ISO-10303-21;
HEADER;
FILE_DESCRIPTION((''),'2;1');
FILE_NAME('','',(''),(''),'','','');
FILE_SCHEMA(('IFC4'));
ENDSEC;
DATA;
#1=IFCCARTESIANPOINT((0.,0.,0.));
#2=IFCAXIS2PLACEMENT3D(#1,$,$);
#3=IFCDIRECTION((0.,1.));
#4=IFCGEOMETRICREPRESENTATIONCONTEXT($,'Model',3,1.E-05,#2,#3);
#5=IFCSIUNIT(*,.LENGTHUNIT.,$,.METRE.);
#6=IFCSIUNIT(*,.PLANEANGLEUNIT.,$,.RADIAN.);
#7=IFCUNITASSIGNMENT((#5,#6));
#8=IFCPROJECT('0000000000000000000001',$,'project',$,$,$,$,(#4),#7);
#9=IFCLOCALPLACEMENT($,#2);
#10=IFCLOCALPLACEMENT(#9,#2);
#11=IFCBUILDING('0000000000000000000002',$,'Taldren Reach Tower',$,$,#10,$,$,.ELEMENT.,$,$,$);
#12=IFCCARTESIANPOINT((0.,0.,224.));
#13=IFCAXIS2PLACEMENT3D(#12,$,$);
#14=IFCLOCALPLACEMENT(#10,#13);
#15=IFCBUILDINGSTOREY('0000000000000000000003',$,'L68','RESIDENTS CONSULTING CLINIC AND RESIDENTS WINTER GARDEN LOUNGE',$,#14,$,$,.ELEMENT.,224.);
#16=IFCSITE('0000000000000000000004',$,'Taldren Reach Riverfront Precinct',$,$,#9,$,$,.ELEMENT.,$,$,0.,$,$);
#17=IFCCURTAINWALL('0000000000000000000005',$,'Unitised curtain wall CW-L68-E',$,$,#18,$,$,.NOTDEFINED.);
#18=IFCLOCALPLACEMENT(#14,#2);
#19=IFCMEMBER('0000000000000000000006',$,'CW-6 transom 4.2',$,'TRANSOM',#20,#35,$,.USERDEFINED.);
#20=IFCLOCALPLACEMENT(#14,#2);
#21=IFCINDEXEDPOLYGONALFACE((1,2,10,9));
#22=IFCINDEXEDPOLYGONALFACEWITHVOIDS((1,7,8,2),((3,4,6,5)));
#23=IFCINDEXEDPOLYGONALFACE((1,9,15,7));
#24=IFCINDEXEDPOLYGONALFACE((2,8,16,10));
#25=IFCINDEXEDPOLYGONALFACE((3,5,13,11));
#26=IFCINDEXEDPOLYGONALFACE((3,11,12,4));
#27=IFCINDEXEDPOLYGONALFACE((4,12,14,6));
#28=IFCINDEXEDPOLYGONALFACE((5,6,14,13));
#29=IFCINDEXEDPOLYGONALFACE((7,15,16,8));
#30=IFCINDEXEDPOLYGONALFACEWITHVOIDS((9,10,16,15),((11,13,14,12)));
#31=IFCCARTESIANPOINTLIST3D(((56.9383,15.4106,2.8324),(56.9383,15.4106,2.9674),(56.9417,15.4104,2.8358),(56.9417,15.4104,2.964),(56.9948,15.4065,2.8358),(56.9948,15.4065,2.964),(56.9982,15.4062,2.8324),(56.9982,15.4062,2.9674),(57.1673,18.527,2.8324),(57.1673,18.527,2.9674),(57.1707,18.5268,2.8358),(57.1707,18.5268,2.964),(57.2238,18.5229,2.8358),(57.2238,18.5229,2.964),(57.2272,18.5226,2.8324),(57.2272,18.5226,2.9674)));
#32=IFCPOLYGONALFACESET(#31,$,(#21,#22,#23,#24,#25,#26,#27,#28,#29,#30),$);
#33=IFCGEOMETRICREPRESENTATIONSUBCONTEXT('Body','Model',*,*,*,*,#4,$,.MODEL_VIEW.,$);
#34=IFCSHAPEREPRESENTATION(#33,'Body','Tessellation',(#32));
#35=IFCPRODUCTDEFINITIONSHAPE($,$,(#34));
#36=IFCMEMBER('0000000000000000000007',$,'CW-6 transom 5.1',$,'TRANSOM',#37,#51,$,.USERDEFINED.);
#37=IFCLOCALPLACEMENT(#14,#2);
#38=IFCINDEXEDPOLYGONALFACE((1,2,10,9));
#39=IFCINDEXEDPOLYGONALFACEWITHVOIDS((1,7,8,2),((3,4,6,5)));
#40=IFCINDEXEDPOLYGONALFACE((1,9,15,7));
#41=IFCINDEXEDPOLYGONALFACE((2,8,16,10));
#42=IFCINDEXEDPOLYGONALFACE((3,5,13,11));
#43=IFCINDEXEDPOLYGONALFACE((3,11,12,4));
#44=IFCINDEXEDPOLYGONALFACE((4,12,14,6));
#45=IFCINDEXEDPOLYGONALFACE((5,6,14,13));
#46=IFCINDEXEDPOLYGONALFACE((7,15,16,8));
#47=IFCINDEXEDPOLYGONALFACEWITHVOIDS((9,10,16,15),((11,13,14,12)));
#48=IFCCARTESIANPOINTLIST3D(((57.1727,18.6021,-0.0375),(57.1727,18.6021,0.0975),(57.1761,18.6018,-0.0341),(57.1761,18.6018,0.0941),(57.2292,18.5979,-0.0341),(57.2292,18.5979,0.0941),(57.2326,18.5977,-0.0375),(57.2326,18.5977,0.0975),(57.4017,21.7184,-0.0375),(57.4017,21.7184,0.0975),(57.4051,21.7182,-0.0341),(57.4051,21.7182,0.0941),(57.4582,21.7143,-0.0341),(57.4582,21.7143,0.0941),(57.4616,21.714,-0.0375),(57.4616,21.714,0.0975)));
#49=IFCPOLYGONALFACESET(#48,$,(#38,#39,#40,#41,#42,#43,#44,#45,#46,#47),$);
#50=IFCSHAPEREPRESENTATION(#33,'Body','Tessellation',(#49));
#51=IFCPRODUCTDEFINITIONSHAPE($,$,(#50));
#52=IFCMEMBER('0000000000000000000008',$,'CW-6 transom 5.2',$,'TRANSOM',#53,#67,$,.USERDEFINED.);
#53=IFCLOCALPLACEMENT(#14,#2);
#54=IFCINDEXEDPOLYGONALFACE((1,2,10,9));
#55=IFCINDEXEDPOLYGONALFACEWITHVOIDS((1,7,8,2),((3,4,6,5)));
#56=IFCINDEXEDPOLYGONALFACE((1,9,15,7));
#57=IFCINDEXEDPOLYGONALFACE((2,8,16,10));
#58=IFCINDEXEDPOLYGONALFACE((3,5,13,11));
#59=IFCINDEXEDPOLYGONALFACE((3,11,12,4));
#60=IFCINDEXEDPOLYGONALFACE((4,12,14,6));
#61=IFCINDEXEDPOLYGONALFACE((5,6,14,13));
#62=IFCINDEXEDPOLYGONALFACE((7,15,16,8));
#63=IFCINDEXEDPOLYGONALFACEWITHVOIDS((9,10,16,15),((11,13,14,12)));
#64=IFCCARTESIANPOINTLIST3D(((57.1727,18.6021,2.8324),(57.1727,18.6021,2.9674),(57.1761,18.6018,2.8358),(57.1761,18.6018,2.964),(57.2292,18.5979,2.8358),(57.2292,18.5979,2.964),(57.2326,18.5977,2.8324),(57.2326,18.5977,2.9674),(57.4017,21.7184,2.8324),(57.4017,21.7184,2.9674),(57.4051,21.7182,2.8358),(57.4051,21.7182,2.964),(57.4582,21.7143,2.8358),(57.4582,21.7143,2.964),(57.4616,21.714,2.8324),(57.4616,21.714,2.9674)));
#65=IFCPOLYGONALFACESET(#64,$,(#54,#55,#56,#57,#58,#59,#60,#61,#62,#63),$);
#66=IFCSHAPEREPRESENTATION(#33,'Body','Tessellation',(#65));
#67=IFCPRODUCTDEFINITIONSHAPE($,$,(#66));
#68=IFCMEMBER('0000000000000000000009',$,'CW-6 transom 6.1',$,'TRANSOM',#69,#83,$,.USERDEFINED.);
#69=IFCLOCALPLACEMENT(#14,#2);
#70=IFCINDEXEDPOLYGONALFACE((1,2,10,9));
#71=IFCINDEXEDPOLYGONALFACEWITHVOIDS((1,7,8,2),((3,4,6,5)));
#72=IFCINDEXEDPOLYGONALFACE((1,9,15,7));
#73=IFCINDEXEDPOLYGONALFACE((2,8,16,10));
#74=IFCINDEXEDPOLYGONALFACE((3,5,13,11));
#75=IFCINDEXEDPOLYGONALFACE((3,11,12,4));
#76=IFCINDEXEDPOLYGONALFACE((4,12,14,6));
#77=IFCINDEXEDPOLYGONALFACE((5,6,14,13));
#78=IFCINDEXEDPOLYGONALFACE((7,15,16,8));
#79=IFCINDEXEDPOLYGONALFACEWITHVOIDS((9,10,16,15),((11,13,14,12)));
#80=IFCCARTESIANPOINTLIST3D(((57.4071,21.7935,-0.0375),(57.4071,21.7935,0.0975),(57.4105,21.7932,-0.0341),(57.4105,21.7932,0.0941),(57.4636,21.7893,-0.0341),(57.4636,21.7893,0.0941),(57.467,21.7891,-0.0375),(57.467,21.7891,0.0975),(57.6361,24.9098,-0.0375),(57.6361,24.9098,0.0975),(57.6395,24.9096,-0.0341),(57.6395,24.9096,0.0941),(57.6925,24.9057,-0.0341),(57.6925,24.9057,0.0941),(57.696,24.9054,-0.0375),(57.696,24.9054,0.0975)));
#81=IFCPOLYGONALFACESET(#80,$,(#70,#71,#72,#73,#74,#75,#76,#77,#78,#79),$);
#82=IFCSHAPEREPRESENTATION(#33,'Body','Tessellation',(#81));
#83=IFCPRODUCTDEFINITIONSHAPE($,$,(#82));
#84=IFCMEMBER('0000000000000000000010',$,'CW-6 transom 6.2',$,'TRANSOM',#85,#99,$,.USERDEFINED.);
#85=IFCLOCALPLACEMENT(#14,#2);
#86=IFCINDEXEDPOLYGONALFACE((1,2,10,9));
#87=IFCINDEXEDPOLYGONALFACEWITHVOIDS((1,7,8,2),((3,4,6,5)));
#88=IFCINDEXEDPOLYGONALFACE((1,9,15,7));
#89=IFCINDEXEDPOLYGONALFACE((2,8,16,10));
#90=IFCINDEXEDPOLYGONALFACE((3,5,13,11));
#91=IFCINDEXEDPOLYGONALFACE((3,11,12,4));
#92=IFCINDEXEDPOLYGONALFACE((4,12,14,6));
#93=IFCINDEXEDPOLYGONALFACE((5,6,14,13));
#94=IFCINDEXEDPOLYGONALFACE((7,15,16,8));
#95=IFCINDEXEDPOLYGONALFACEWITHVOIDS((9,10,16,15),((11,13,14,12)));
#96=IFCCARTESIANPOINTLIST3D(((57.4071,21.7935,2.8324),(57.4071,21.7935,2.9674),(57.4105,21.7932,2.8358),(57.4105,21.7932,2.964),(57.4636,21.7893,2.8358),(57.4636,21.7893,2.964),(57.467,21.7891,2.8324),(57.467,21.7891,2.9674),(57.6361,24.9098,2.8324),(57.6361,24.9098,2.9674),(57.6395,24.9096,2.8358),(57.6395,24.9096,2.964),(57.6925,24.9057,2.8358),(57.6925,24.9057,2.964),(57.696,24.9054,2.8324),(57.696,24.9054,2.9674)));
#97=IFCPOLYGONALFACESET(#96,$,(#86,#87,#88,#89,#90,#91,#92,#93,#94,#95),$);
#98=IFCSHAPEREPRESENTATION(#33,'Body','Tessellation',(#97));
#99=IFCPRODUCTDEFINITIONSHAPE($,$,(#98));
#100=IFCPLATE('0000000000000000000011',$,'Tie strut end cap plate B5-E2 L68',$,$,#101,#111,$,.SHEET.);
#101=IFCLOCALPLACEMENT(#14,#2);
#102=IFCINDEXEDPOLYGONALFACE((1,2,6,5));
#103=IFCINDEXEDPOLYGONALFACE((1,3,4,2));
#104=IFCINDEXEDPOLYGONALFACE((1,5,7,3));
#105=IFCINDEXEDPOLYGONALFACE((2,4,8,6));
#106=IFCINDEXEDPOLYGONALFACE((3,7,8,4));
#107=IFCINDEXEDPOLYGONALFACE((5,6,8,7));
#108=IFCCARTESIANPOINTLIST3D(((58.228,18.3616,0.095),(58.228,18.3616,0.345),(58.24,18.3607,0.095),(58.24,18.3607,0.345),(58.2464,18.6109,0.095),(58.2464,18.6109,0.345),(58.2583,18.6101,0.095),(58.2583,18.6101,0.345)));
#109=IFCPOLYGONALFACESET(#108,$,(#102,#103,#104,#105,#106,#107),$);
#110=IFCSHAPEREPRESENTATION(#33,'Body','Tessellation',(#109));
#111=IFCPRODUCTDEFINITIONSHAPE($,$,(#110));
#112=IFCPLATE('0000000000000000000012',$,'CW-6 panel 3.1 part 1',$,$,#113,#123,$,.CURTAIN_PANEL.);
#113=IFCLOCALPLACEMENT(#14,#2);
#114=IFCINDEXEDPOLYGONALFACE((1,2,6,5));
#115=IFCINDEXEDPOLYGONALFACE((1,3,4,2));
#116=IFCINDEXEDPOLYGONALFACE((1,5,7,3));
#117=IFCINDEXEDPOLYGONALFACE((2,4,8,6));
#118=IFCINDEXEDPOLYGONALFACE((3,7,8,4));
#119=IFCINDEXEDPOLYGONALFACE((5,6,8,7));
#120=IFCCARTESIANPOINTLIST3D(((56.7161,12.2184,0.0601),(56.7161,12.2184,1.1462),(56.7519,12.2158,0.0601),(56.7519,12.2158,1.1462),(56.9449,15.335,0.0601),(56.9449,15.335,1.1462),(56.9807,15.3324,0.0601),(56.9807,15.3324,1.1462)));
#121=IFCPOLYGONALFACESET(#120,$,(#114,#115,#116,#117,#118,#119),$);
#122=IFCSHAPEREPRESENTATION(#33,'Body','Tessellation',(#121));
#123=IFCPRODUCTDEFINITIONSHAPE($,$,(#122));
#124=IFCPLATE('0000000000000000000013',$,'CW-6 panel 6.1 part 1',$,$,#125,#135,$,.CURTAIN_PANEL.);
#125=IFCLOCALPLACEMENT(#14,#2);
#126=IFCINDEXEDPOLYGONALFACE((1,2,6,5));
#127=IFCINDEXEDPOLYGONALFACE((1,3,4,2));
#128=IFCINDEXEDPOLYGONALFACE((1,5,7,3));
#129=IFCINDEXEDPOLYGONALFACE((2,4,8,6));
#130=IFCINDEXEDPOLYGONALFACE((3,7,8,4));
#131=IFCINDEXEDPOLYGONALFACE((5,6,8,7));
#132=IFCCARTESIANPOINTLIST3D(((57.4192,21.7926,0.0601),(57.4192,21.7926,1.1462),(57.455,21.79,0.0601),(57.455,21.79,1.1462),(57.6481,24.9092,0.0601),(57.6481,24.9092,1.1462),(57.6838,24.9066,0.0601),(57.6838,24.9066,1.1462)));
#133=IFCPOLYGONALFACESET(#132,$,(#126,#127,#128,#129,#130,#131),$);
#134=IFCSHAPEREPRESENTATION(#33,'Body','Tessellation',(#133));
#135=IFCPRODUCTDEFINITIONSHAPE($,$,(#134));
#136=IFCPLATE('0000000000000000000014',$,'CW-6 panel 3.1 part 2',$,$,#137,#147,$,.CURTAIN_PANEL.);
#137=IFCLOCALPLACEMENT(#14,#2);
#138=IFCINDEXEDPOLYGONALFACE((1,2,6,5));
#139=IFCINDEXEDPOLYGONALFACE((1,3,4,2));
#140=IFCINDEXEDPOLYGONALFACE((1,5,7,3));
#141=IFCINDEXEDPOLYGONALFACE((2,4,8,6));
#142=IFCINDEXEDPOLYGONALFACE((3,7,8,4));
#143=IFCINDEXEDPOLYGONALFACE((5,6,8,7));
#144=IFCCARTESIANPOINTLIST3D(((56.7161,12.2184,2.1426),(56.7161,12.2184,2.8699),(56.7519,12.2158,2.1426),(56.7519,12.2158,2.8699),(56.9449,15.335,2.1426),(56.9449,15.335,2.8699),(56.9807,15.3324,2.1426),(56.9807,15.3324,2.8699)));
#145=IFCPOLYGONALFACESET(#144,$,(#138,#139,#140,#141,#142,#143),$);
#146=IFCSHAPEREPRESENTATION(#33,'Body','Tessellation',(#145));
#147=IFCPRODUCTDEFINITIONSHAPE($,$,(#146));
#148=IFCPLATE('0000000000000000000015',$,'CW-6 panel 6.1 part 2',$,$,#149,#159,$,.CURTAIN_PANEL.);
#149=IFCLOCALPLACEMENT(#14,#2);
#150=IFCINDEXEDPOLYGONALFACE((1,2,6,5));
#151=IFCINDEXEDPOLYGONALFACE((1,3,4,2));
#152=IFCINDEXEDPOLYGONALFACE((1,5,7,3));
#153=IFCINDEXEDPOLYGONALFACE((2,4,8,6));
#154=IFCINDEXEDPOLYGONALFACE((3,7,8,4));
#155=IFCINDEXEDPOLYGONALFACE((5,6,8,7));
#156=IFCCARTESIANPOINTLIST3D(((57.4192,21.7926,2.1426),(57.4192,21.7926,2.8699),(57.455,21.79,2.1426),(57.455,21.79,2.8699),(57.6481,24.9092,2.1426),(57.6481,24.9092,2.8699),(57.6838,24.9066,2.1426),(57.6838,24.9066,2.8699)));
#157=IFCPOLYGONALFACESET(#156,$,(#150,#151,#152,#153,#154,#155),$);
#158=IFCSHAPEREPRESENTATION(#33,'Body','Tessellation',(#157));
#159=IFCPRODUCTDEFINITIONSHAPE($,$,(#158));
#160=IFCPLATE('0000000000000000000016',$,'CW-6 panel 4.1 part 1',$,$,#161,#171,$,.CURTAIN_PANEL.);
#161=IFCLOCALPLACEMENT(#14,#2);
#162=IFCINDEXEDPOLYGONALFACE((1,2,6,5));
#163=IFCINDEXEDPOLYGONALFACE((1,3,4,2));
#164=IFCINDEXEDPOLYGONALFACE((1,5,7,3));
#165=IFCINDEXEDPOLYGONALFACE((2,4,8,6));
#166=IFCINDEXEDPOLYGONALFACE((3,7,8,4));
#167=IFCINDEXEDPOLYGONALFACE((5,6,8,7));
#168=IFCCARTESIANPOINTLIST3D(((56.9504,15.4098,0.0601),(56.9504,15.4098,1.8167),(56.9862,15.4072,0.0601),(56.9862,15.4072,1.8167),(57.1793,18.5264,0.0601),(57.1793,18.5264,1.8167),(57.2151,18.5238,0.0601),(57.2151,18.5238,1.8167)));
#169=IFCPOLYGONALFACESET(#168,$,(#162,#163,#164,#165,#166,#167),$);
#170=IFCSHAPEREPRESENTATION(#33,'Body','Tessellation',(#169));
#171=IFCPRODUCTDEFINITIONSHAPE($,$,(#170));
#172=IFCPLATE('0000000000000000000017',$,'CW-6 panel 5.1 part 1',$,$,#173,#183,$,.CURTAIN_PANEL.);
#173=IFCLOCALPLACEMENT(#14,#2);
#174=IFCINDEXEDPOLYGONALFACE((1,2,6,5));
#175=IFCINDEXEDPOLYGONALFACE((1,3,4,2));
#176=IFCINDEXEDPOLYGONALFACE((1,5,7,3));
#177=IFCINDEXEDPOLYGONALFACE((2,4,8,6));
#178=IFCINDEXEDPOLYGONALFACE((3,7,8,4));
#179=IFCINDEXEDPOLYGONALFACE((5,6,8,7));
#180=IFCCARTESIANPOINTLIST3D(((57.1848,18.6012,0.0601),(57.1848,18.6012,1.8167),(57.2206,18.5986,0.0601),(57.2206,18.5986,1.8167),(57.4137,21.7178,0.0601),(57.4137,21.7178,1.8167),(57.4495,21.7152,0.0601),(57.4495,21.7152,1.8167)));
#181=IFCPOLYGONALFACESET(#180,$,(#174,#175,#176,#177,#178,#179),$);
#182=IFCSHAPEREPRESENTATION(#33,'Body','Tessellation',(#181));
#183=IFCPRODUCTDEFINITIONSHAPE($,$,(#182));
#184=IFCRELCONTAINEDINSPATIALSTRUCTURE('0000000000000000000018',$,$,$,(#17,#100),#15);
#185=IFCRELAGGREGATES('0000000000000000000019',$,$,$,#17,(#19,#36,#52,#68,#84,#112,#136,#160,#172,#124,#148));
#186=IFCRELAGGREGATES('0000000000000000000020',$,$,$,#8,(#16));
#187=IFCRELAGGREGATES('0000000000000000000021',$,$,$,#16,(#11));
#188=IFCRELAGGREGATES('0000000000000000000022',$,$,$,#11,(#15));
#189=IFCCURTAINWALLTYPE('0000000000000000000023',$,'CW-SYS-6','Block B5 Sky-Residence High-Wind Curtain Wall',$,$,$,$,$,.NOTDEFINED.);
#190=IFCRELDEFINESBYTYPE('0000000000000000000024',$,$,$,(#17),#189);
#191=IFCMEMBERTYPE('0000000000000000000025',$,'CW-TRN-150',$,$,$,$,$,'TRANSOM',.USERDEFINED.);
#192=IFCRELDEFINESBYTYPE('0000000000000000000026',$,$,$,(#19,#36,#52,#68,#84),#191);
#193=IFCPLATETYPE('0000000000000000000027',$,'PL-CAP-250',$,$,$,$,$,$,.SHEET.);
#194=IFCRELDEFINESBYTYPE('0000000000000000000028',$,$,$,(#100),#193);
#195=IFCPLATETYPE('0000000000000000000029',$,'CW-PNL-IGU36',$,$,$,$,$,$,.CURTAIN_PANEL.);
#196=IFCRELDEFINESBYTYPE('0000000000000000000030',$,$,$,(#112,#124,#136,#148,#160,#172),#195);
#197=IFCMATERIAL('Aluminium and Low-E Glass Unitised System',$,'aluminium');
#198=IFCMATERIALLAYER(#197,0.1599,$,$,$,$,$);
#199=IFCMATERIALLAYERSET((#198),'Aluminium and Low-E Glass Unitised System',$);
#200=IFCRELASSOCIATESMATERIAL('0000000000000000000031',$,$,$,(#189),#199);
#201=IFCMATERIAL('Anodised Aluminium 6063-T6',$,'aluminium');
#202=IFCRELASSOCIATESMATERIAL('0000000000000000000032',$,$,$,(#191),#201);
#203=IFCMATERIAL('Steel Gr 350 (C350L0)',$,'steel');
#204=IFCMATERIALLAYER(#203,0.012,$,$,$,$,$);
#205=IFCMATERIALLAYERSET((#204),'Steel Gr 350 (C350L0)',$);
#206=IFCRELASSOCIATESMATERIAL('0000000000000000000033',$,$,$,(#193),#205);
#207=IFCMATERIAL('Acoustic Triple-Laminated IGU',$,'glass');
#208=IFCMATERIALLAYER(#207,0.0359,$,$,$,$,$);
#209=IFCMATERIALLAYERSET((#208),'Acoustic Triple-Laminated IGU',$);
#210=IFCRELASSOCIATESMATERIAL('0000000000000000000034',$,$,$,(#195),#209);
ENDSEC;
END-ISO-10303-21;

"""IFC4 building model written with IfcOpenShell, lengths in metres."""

from ifc_helpers import new_model, si_unit, direction, frame, origin, origin_2d, place, context, subcontext, project, spatial, rectangle, hollow_rectangle, extrude, source, transform, mapped, material, layer, layer_set, material_profile, profile_set, type_object, element, aggregate, save


model = new_model("IFC4")

# Units and contexts
model_context = context("Model", 3, precision=1e-05, world=origin(), true_north=direction((0.0, 1.0)))
body_context = subcontext(model_context, "Body", "Model", "MODEL_VIEW")
ifc_project = project(units=[si_unit("LENGTHUNIT", "METRE"), si_unit("PLANEANGLEUNIT", "RADIAN")], contexts=[model_context])

# Site, building, storey
site_placement = place(None, origin())
site = spatial("IfcSite", under=ifc_project, at=site_placement, Name="Taldren Reach Riverfront Precinct", CompositionType="ELEMENT", RefElevation=0.0)
building_placement = place(site_placement, origin())
building = spatial("IfcBuilding", under=site, at=building_placement, Name="Taldren Reach Tower", CompositionType="ELEMENT")
storey_placement = place(building_placement, frame((0.0, 0.0, 224.0)))
storey = spatial("IfcBuildingStorey", under=building, at=storey_placement, Name="L68", Description="RESIDENTS CONSULTING CLINIC AND RESIDENTS WINTER GARDEN LOUNGE", CompositionType="ELEMENT", Elevation=224.0)

# Shared definitions
ifc_material_1 = material(Name="Steel Gr 350 (C350L0)", Category="steel")

# Curtain wall, members
ifc_material_2 = material(Name="Aluminium and Low-E Glass Unitised System", Category="aluminium")
ifc_layer_1 = layer(ifc_material_2, 0.1599)
ifc_layer_set_1 = layer_set([ifc_layer_1], Name="Aluminium and Low-E Glass Unitised System")
curtain_wall_type = type_object("IfcCurtainWallType", Name="CW-SYS-6", Description="Block B5 Sky-Residence High-Wind Curtain Wall", PredefinedType="NOTDEFINED", material=ifc_layer_set_1)
curtain_wall_placement = place(storey_placement, origin())
curtain_wall = element("IfcCurtainWall", 1, at=curtain_wall_placement, inside=storey, type_object=curtain_wall_type, Name="Unitised curtain wall CW-L68-E", PredefinedType="NOTDEFINED")
ifc_material_3 = material(Name="Anodised Aluminium 6063-T6", Category="aluminium")
ifc_material_profile_1 = material_profile(ifc_material_3, hollow_rectangle(XDim=0.0601, YDim=0.135, WallThickness=0.0034, at=origin_2d()), Name="ALU-135x60x3.5RHS")
ifc_profile_set_1 = profile_set([ifc_material_profile_1], Name="Anodised Aluminium 6063-T6")
member_type_1 = type_object("IfcMemberType", Name="CW-TRN-150", ElementType="TRANSOM", PredefinedType="USERDEFINED", material=ifc_profile_set_1)
shared_shape_1 = source(origin(), body_context, "Body", "SweptSolid", [
    extrude(hollow_rectangle(XDim=0.0601, YDim=0.135, WallThickness=0.0034, at=origin_2d()), origin(), (0.0, 0.0, 1.0), 3.1248),
])
member_1_placement = place(storey_placement, frame((56.9683, 15.4084, 2.8999), z_axis=(0.073285, 0.997311, 0.0), x_axis=(-0.997311, 0.073285, 0.0)))
member_1 = element("IfcMember", 2, at=member_1_placement, type_object=member_type_1, Name="CW-6 transom 4.2", ObjectType="TRANSOM", PredefinedType="USERDEFINED", context=body_context, shape_type="MappedRepresentation", body=[
    mapped(shared_shape_1, transform((0.0, 0.0, 0.0), scale=1.0)),
])
member_2_placement = place(storey_placement, frame((57.2026, 18.5999, 0.03), z_axis=(0.073285, 0.997311, 0.0), x_axis=(-0.997311, 0.073285, 0.0)))
member_2 = element("IfcMember", 3, at=member_2_placement, type_object=member_type_1, Name="CW-6 transom 5.1", ObjectType="TRANSOM", PredefinedType="USERDEFINED", context=body_context, shape_type="MappedRepresentation", body=[
    mapped(shared_shape_1, transform((0.0, 0.0, 0.0), scale=1.0)),
])
member_3_placement = place(storey_placement, frame((57.2026, 18.5999, 2.8999), z_axis=(0.073285, 0.997311, 0.0), x_axis=(-0.997311, 0.073285, 0.0)))
member_3 = element("IfcMember", 4, at=member_3_placement, type_object=member_type_1, Name="CW-6 transom 5.2", ObjectType="TRANSOM", PredefinedType="USERDEFINED", context=body_context, shape_type="MappedRepresentation", body=[
    mapped(shared_shape_1, transform((0.0, 0.0, 0.0), scale=1.0)),
])
member_4_placement = place(storey_placement, frame((57.437, 21.7913, 0.03), z_axis=(0.073285, 0.997311, 0.0), x_axis=(-0.997311, 0.073285, 0.0)))
member_4 = element("IfcMember", 5, at=member_4_placement, type_object=member_type_1, Name="CW-6 transom 6.1", ObjectType="TRANSOM", PredefinedType="USERDEFINED", context=body_context, shape_type="MappedRepresentation", body=[
    mapped(shared_shape_1, transform((0.0, 0.0, 0.0), scale=1.0)),
])
member_5_placement = place(storey_placement, frame((57.437, 21.7913, 2.8999), z_axis=(0.073285, 0.997311, 0.0), x_axis=(-0.997311, 0.073285, 0.0)))
member_5 = element("IfcMember", 6, at=member_5_placement, type_object=member_type_1, Name="CW-6 transom 6.2", ObjectType="TRANSOM", PredefinedType="USERDEFINED", context=body_context, shape_type="MappedRepresentation", body=[
    mapped(shared_shape_1, transform((0.0, 0.0, 0.0), scale=1.0)),
])

# Plates
ifc_layer_2 = layer(ifc_material_1, 0.012)
ifc_layer_set_2 = layer_set([ifc_layer_2], Name="Steel Gr 350 (C350L0)")
plate_type_1 = type_object("IfcPlateType", Name="PL-CAP-250", PredefinedType="SHEET", material=ifc_layer_set_2)
shared_shape_2 = source(origin(), body_context, "Body", "SweptSolid", [
    extrude(rectangle(XDim=0.012, YDim=0.25, at=origin_2d()), origin(), (0.0, 0.0, 1.0), 0.25),
])
plate_1_placement = place(storey_placement, frame((58.2432, 18.4858, 0.095), z_axis=(0.0, 0.0, 1.0), x_axis=(0.997314, -0.073238, 0.0)))
element("IfcPlate", 7, at=plate_1_placement, inside=storey, type_object=plate_type_1, Name="Tie strut end cap plate B5-E2 L68", PredefinedType="SHEET", context=body_context, shape_type="MappedRepresentation", body=[
    mapped(shared_shape_2, transform((0.0, 0.0, 0.0), scale=1.0)),
])
ifc_material_4 = material(Name="Acoustic Triple-Laminated IGU", Category="glass")
ifc_layer_3 = layer(ifc_material_4, 0.0359)
ifc_layer_set_3 = layer_set([ifc_layer_3], Name="Acoustic Triple-Laminated IGU")
plate_type_2 = type_object("IfcPlateType", Name="CW-PNL-IGU36", PredefinedType="CURTAIN_PANEL", material=ifc_layer_set_3)
shared_shape_3 = source(origin(), body_context, "Body", "SweptSolid", [
    extrude(rectangle(XDim=3.125, YDim=0.0359, at=origin_2d()), origin(), (0.0, 0.0, 1.0), 1.0862),
])
plate_2_placement = place(storey_placement, frame((56.8484, 13.7754, 0.0601), z_axis=(0.0, 0.0, 1.0), x_axis=(0.073238, 0.997314, 0.0)))
plate_2 = element("IfcPlate", 8, at=plate_2_placement, type_object=plate_type_2, Name="CW-6 panel 3.1 part 1", PredefinedType="CURTAIN_PANEL", context=body_context, shape_type="MappedRepresentation", body=[
    mapped(shared_shape_3, transform((0.0, 0.0, 0.0), scale=1.0)),
])
plate_3_placement = place(storey_placement, frame((57.5515, 23.3496, 0.0601), z_axis=(0.0, 0.0, 1.0), x_axis=(0.073238, 0.997314, 0.0)))
plate_3 = element("IfcPlate", 9, at=plate_3_placement, type_object=plate_type_2, Name="CW-6 panel 6.1 part 1", PredefinedType="CURTAIN_PANEL", context=body_context, shape_type="MappedRepresentation", body=[
    mapped(shared_shape_3, transform((0.0, 0.0, 0.0), scale=1.0)),
])
shared_shape_4 = source(origin(), body_context, "Body", "SweptSolid", [
    extrude(rectangle(XDim=3.125, YDim=0.0359, at=origin_2d()), origin(), (0.0, 0.0, 1.0), 0.7273),
])
plate_4_placement = place(storey_placement, frame((56.8484, 13.7754, 2.1426), z_axis=(0.0, 0.0, 1.0), x_axis=(0.073238, 0.997314, 0.0)))
plate_4 = element("IfcPlate", 10, at=plate_4_placement, type_object=plate_type_2, Name="CW-6 panel 3.1 part 2", PredefinedType="CURTAIN_PANEL", context=body_context, shape_type="MappedRepresentation", body=[
    mapped(shared_shape_4, transform((0.0, 0.0, 0.0), scale=1.0)),
])
plate_5_placement = place(storey_placement, frame((57.5515, 23.3496, 2.1426), z_axis=(0.0, 0.0, 1.0), x_axis=(0.073238, 0.997314, 0.0)))
plate_5 = element("IfcPlate", 11, at=plate_5_placement, type_object=plate_type_2, Name="CW-6 panel 6.1 part 2", PredefinedType="CURTAIN_PANEL", context=body_context, shape_type="MappedRepresentation", body=[
    mapped(shared_shape_4, transform((0.0, 0.0, 0.0), scale=1.0)),
])
shared_shape_5 = source(origin(), body_context, "Body", "SweptSolid", [
    extrude(rectangle(XDim=3.125, YDim=0.0359, at=origin_2d()), origin(), (0.0, 0.0, 1.0), 1.7566),
])
plate_6_placement = place(storey_placement, frame((57.0828, 16.9668, 0.0601), z_axis=(0.0, 0.0, 1.0), x_axis=(0.073238, 0.997314, 0.0)))
plate_6 = element("IfcPlate", 12, at=plate_6_placement, type_object=plate_type_2, Name="CW-6 panel 4.1 part 1", PredefinedType="CURTAIN_PANEL", context=body_context, shape_type="MappedRepresentation", body=[
    mapped(shared_shape_5, transform((0.0, 0.0, 0.0), scale=1.0)),
])
plate_7_placement = place(storey_placement, frame((57.3171, 20.1582, 0.0601), z_axis=(0.0, 0.0, 1.0), x_axis=(0.073238, 0.997314, 0.0)))
plate_7 = element("IfcPlate", 13, at=plate_7_placement, type_object=plate_type_2, Name="CW-6 panel 5.1 part 1", PredefinedType="CURTAIN_PANEL", context=body_context, shape_type="MappedRepresentation", body=[
    mapped(shared_shape_5, transform((0.0, 0.0, 0.0), scale=1.0)),
])
aggregate(curtain_wall, [member_1, member_2, member_3, member_4, member_5, plate_2, plate_4, plate_6, plate_7, plate_3, plate_5])

save(model, "model.ifc")
